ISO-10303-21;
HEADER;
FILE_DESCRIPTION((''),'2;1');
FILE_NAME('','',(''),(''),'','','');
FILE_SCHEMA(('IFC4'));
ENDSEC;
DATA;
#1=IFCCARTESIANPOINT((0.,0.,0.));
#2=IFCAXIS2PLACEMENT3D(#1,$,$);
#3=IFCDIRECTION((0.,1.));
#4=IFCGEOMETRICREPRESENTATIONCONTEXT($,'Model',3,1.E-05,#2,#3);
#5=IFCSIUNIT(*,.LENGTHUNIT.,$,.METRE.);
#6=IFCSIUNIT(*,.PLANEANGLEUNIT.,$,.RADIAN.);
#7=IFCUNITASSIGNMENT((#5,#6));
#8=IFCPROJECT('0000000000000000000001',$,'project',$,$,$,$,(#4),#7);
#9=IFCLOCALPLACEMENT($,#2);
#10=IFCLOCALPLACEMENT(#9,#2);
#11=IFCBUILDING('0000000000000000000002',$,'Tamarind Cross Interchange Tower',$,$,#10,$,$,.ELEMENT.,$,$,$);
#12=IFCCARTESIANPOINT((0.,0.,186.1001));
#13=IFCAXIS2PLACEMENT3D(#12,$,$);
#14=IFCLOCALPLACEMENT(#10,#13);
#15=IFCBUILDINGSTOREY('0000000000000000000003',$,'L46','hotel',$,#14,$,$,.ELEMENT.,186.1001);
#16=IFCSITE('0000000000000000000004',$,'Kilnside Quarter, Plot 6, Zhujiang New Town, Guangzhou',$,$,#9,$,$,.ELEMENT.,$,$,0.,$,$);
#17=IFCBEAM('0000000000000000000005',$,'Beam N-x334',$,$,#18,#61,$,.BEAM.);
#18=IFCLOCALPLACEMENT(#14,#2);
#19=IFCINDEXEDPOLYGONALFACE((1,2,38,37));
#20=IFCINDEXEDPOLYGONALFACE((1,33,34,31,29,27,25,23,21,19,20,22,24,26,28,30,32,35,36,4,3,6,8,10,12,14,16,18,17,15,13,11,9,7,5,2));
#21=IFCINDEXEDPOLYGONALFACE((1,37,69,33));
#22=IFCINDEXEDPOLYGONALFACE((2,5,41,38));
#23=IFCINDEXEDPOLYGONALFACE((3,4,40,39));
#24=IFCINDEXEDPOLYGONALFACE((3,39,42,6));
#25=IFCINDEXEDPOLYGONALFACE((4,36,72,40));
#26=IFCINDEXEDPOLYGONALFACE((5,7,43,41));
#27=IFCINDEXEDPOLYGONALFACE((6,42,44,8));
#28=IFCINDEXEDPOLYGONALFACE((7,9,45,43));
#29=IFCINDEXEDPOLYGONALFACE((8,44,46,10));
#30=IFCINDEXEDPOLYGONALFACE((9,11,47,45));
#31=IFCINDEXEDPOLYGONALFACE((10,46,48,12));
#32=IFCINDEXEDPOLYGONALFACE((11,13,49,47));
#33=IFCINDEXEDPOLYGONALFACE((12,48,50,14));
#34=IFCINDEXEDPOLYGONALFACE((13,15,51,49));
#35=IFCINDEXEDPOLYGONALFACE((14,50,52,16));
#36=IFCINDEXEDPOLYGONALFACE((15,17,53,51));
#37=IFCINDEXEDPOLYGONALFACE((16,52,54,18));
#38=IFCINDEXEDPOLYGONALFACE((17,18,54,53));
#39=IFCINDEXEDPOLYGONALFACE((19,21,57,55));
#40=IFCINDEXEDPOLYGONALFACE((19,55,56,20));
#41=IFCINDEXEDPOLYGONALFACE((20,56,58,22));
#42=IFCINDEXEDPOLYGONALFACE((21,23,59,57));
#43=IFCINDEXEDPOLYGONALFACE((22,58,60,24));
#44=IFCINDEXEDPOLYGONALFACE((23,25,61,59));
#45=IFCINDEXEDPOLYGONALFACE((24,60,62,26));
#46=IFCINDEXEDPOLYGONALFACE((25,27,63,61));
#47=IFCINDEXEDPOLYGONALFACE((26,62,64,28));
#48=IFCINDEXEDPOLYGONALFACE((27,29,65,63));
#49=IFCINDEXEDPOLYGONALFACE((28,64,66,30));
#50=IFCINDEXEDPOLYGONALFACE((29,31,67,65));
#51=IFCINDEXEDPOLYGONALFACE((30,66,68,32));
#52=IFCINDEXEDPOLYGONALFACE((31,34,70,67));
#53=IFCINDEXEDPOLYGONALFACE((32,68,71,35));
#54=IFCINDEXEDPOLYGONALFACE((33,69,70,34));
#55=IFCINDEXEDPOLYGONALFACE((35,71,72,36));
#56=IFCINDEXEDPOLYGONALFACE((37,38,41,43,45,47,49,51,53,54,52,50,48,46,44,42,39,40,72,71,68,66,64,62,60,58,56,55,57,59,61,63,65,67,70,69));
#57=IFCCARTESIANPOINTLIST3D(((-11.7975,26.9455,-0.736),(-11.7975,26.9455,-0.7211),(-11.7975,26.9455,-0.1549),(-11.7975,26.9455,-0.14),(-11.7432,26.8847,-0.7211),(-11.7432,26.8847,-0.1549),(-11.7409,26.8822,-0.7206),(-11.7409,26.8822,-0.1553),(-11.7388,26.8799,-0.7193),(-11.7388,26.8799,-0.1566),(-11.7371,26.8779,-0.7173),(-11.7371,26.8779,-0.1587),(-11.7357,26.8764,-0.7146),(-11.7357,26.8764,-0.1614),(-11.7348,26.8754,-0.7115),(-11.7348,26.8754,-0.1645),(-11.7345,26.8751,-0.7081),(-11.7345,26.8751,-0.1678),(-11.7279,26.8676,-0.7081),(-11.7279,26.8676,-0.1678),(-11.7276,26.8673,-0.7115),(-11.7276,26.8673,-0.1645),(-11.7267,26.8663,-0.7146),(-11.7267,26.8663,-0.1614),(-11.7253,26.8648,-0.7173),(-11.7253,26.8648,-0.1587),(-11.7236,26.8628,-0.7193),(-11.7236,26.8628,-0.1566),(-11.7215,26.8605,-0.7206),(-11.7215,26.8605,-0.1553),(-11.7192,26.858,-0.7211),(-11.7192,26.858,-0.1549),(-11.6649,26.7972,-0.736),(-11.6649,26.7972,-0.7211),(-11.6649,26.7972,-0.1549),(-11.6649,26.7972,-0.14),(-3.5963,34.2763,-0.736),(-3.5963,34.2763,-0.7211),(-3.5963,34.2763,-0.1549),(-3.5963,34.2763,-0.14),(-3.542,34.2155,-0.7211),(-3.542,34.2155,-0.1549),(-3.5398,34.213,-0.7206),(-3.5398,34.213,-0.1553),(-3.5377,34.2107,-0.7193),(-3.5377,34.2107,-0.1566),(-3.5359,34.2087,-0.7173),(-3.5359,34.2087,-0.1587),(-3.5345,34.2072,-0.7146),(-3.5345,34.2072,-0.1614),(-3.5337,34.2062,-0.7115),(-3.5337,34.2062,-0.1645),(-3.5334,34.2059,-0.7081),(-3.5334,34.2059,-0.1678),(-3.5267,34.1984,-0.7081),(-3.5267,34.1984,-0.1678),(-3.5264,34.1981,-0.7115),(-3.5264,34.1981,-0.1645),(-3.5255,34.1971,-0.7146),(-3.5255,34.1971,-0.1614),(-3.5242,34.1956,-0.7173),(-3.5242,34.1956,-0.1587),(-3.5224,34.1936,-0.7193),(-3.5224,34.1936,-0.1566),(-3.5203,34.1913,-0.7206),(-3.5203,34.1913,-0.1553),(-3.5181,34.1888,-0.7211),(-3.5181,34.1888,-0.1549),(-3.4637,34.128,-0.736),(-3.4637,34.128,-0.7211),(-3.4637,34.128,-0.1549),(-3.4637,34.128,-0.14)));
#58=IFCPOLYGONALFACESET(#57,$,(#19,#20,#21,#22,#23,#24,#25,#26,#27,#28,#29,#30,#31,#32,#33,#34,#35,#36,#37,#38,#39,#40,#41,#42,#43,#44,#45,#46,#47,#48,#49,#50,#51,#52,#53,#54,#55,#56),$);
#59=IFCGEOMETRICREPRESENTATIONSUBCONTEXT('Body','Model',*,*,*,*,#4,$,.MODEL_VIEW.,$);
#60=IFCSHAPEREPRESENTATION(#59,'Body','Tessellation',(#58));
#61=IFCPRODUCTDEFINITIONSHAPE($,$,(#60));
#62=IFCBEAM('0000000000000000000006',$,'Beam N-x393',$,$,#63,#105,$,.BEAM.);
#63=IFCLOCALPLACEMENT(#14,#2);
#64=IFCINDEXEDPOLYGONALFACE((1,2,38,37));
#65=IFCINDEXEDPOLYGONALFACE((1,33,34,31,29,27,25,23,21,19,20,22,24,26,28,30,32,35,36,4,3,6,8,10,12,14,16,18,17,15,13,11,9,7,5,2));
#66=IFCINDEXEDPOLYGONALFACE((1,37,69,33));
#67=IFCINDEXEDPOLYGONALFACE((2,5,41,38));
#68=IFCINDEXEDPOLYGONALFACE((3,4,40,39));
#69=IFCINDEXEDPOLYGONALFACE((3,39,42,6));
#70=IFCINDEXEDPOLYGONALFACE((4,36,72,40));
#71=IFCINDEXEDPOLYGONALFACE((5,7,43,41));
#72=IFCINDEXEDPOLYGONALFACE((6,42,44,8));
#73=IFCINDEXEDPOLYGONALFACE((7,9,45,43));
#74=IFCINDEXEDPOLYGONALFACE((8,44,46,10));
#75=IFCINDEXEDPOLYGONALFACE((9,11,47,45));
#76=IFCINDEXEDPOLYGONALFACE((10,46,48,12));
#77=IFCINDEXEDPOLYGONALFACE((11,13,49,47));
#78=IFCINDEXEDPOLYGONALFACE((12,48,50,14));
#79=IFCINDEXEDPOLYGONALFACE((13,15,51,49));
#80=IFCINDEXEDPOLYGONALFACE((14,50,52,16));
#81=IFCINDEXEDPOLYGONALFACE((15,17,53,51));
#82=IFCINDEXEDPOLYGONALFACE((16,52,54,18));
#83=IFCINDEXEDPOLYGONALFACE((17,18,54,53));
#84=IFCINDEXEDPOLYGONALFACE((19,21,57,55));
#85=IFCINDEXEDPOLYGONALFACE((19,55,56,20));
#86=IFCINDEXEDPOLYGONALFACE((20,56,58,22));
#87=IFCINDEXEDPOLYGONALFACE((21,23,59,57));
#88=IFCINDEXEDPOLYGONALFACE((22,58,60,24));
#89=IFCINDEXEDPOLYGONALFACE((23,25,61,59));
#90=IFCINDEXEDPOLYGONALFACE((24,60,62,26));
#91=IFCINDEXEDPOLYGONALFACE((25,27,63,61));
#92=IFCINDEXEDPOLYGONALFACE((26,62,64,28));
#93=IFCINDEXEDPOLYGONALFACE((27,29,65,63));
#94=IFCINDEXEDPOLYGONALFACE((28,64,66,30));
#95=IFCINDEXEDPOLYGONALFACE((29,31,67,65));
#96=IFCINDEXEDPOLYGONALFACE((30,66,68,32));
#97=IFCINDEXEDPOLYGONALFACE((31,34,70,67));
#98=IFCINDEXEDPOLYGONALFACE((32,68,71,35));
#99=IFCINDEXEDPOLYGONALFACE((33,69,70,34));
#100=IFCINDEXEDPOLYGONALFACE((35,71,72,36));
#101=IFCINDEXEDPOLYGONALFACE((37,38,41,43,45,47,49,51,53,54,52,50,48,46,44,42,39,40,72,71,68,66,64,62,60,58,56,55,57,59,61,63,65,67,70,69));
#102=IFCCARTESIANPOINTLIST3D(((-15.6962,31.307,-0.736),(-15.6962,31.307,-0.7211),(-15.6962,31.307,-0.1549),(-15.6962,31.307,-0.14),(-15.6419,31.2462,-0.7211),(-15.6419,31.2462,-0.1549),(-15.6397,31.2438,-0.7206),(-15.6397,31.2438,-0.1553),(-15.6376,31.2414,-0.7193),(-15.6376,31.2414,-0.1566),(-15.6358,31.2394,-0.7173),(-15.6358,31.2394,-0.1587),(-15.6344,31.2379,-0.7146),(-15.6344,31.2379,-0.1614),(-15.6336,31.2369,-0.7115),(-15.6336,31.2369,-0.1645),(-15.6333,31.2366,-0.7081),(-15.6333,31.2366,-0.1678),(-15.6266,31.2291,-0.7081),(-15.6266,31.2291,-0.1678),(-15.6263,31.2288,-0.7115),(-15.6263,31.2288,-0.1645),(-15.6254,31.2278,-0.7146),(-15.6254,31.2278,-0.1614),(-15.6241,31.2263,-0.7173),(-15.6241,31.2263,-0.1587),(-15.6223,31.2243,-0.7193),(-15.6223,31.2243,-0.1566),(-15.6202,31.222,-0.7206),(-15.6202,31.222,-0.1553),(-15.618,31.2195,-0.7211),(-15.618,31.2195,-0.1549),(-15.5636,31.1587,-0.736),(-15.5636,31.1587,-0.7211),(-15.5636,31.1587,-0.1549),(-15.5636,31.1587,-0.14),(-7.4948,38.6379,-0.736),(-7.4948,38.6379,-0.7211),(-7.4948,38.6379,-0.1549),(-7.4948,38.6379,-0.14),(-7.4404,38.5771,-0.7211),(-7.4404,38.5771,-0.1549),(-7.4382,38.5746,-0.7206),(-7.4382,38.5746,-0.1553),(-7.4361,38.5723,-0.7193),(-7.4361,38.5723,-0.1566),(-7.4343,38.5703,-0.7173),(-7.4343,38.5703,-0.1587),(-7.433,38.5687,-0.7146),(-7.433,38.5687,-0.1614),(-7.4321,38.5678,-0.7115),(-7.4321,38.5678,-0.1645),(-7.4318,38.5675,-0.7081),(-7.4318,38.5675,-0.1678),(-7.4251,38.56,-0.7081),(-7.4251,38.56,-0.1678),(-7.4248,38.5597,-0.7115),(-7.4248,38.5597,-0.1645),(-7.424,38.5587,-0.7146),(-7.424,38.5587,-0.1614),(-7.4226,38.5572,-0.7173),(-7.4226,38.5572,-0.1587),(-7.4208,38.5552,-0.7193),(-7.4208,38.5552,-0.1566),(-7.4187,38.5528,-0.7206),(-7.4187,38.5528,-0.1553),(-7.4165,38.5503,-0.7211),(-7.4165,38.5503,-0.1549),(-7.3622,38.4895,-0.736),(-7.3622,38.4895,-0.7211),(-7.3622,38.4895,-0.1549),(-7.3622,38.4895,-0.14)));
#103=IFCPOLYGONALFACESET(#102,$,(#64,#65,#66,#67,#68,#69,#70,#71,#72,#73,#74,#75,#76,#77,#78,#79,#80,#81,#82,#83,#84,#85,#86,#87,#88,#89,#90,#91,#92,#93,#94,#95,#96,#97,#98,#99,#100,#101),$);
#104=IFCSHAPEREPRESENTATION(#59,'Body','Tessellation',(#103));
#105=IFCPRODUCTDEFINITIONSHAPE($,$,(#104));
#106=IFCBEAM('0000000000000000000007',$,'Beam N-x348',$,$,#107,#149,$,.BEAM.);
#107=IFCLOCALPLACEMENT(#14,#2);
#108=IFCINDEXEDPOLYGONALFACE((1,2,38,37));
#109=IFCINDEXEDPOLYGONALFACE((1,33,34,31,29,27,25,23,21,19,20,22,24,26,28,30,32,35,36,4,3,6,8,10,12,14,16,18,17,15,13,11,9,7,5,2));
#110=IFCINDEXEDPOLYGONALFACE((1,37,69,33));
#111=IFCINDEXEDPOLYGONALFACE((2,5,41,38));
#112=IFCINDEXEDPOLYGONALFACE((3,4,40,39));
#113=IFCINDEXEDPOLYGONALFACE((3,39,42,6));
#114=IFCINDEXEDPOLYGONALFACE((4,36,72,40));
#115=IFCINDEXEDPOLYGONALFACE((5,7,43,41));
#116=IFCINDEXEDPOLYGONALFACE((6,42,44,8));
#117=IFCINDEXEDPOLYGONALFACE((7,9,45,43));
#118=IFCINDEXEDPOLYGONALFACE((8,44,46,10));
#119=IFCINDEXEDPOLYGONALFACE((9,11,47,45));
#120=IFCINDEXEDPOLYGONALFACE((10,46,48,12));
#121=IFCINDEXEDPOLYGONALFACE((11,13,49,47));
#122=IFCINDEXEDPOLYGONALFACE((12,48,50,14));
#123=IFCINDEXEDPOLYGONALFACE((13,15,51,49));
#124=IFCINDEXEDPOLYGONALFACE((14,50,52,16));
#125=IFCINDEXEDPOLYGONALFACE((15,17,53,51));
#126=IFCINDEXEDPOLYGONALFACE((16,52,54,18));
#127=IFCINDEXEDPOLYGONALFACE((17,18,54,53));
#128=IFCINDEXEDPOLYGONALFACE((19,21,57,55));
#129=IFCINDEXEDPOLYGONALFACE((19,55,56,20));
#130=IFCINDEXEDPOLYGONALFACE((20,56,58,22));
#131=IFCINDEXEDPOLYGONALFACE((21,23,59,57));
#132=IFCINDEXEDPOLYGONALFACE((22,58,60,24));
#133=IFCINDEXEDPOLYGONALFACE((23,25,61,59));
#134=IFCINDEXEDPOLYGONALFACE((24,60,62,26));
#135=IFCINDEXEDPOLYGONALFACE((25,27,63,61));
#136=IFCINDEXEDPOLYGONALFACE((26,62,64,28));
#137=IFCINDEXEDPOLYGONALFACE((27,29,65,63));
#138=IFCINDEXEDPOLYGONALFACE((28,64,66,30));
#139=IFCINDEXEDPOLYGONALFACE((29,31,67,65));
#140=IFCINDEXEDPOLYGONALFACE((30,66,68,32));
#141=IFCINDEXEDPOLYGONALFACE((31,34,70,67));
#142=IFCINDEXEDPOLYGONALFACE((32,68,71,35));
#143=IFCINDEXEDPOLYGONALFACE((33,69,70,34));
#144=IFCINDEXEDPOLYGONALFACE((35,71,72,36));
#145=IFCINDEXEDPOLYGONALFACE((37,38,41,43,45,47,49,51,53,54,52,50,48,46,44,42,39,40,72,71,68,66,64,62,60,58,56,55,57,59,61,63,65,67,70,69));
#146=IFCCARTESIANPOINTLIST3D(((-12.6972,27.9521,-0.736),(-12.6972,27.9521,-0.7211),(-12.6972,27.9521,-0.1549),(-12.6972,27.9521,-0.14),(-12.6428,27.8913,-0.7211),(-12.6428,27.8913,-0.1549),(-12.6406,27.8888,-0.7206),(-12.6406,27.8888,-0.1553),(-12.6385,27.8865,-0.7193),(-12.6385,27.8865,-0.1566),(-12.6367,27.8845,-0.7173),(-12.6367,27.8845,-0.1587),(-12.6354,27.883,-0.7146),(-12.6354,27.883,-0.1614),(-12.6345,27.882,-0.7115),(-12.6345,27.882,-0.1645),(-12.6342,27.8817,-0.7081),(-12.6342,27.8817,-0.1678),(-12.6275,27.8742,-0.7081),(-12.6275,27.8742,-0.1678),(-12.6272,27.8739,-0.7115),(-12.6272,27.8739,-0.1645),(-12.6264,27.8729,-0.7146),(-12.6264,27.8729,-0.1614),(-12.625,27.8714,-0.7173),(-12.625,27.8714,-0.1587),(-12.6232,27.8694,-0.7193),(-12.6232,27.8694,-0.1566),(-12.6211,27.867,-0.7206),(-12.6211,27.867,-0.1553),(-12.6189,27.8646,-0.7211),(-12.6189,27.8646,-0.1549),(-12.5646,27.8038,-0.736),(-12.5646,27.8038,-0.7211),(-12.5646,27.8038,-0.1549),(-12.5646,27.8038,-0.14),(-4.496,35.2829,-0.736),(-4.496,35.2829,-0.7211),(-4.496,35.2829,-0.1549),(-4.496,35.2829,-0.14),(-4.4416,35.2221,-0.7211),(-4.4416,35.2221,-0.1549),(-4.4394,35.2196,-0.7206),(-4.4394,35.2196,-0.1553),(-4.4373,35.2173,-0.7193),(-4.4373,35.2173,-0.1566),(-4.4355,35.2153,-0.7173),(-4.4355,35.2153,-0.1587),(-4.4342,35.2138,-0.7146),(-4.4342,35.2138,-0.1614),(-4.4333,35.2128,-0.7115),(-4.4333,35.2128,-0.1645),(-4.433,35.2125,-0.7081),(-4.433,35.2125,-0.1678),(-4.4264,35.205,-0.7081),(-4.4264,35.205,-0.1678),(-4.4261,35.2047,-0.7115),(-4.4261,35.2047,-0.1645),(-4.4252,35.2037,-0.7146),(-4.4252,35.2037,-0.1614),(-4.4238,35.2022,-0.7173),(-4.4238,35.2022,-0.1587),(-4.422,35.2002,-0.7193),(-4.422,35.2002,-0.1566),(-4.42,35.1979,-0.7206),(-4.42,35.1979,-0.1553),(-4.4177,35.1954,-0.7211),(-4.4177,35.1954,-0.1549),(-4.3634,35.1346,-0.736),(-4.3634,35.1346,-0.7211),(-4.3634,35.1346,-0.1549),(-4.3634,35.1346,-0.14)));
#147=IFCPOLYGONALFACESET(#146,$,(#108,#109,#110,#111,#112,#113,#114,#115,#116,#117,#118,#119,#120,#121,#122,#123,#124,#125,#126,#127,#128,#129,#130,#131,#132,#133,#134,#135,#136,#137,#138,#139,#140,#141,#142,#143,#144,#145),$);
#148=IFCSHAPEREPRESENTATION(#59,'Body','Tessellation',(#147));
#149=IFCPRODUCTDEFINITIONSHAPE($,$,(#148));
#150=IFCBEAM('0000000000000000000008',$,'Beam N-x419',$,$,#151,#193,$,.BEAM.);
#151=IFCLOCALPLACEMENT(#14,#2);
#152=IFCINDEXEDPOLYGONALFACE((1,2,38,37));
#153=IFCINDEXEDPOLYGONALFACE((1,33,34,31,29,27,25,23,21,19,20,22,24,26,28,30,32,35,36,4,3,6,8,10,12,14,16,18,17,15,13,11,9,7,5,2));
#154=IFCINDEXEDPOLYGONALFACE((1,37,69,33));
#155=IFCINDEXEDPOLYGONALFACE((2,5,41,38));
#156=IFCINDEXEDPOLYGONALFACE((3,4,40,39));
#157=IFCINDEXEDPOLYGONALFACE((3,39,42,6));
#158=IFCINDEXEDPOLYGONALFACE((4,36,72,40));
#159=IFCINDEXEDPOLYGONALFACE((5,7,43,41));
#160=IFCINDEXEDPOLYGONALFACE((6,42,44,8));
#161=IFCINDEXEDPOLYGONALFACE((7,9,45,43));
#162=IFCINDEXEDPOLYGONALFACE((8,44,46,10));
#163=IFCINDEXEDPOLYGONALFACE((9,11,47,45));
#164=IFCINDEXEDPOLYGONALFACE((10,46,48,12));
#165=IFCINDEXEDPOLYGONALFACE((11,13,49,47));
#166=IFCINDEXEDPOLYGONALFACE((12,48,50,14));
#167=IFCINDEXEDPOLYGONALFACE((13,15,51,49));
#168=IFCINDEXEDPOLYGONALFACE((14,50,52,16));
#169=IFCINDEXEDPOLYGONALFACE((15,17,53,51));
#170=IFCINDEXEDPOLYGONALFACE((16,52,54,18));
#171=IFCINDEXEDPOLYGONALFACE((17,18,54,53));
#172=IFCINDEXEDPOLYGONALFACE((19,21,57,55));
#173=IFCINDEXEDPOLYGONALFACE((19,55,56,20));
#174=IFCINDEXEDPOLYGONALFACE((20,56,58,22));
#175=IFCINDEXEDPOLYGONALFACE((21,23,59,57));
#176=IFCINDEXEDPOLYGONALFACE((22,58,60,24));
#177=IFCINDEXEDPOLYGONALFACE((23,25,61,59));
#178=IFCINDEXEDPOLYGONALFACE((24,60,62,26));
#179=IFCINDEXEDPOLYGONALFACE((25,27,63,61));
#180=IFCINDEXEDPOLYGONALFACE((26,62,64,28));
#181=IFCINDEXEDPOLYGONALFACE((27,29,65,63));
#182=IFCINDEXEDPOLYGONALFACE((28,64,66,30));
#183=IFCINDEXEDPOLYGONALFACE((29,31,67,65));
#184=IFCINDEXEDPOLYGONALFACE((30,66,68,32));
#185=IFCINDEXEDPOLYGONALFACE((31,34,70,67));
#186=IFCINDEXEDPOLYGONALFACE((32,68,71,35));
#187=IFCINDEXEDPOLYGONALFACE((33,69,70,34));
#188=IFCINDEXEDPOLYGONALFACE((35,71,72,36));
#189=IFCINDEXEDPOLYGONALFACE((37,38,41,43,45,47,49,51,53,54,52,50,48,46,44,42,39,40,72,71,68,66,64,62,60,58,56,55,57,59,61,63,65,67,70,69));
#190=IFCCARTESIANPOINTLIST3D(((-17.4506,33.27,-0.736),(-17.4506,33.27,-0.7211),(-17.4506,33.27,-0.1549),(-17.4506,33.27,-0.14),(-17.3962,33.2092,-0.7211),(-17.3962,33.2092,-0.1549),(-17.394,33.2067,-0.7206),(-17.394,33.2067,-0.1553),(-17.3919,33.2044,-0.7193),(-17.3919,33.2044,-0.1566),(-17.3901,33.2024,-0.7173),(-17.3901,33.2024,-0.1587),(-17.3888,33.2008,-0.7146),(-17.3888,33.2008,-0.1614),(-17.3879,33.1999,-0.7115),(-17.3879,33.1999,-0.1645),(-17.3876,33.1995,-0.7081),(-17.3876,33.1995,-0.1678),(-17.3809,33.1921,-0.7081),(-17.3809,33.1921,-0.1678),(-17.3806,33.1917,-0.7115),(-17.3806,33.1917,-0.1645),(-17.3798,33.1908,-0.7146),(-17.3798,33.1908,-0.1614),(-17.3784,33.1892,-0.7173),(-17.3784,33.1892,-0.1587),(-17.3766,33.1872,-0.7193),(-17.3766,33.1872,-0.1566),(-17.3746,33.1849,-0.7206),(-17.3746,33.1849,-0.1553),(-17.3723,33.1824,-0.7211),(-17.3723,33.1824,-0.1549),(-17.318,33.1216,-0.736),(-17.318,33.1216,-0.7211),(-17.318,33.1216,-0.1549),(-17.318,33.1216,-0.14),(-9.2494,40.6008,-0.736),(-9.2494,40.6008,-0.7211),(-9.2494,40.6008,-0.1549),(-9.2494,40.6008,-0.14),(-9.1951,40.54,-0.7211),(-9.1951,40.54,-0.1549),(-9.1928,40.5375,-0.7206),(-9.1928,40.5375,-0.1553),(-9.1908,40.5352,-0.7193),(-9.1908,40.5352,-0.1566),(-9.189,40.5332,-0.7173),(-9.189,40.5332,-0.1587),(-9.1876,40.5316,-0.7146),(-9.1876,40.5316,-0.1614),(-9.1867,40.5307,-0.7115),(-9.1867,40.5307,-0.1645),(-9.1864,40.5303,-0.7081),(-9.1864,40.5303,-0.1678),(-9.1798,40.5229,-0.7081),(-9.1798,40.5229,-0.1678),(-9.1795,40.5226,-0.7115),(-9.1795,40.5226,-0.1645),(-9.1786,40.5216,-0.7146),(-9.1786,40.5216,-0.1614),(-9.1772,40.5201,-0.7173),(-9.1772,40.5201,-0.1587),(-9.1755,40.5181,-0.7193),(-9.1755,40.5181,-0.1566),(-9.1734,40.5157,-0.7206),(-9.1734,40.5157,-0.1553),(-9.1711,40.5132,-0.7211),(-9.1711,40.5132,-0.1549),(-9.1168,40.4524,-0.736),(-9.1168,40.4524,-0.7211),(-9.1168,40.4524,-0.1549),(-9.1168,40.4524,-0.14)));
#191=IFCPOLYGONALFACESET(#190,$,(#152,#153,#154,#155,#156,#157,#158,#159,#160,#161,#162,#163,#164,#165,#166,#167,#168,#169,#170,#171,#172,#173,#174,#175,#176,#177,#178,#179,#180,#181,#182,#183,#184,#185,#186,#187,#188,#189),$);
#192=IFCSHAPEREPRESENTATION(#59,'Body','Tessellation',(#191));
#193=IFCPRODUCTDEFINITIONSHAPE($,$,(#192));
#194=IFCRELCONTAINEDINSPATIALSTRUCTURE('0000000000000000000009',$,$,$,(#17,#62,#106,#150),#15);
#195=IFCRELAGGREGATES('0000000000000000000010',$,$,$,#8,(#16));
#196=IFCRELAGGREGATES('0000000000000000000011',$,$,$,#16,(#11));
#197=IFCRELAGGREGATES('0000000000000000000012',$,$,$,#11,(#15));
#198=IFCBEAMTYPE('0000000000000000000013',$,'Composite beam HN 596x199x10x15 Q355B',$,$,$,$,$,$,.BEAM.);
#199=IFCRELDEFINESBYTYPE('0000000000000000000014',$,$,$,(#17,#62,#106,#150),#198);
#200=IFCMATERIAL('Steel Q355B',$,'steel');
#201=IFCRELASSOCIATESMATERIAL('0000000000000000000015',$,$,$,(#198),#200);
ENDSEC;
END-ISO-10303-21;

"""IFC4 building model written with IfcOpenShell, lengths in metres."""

from ifc_helpers import new_model, si_unit, direction, frame, origin, origin_2d, place, context, subcontext, project, spatial, i_section, extrude, material, material_profile, profile_set, type_object, element, save


model = new_model("IFC4")

# Units and contexts
model_context = context("Model", 3, precision=1e-05, world=origin(), true_north=direction((0.0, 1.0)))
body_context = subcontext(model_context, "Body", "Model", "MODEL_VIEW")
ifc_project = project(units=[si_unit("LENGTHUNIT", "METRE"), si_unit("PLANEANGLEUNIT", "RADIAN")], contexts=[model_context])

# Site, building, storey
site_placement = place(None, origin())
site = spatial("IfcSite", under=ifc_project, at=site_placement, Name="Kilnside Quarter, Plot 6, Zhujiang New Town, Guangzhou", CompositionType="ELEMENT", RefElevation=0.0)
building_placement = place(site_placement, origin())
building = spatial("IfcBuilding", under=site, at=building_placement, Name="Tamarind Cross Interchange Tower", CompositionType="ELEMENT")
storey_placement = place(building_placement, frame((0.0, 0.0, 186.1001)))
storey = spatial("IfcBuildingStorey", under=building, at=storey_placement, Name="L46", Description="hotel", CompositionType="ELEMENT", Elevation=186.1001)

# Beams
ifc_material_1 = material(Name="Steel Q355B", Category="steel")
ifc_material_profile_1 = material_profile(ifc_material_1, i_section(OverallWidth=0.199, OverallDepth=0.5959, WebThickness=0.01, FlangeThickness=0.0149, FilletRadius=0.0129, at=origin_2d()), Name="HN 596x199x10x15")
ifc_profile_set_1 = profile_set([ifc_material_profile_1], Name="Steel Q355B")
beam_type_1 = type_object("IfcBeamType", Name="Composite beam HN 596x199x10x15 Q355B", PredefinedType="BEAM", material=ifc_profile_set_1)
beam_1_placement = place(storey_placement, frame((-3.53, 34.2021, -0.438), z_axis=(-0.745561, -0.666437, 0.0), x_axis=(0.666437, -0.745561, 0.0)))
element("IfcBeam", 1, at=beam_1_placement, inside=storey, type_object=beam_type_1, Name="Beam N-x334", PredefinedType="BEAM", context=body_context, shape_type="SweptSolid", body=[
    extrude(i_section(OverallWidth=0.199, OverallDepth=0.5959, WebThickness=0.01, FlangeThickness=0.0149, FilletRadius=0.0129, at=origin_2d()), origin(), (0.0, 0.0, 1.0), 11.0),
])
beam_2_placement = place(storey_placement, frame((-7.4285, 38.5637, -0.438), z_axis=(-0.745571, -0.666426, 0.0), x_axis=(0.666426, -0.745571, 0.0)))
element("IfcBeam", 2, at=beam_2_placement, inside=storey, type_object=beam_type_1, Name="Beam N-x393", PredefinedType="BEAM", context=body_context, shape_type="SweptSolid", body=[
    extrude(i_section(OverallWidth=0.199, OverallDepth=0.5959, WebThickness=0.01, FlangeThickness=0.0149, FilletRadius=0.0129, at=origin_2d()), origin(), (0.0, 0.0, 1.0), 11.0002),
])
for number, where, z_axis, x_axis, name in (
    (3, (-4.4297, 35.2087, -0.438), (-0.745561, -0.666437, 0.0), (0.666437, -0.745561, 0.0), "Beam N-x348"),
    (4, (-9.1831, 40.5266, -0.438), (-0.745561, -0.666437, 0.0), (0.666437, -0.745561, 0.0), "Beam N-x419"),
):
    element("IfcBeam", number, at=place(storey_placement, frame(where, z_axis=z_axis, x_axis=x_axis)), inside=storey, type_object=beam_type_1, Name=name, PredefinedType="BEAM", context=body_context, shape_type="SweptSolid", body=[
        extrude(i_section(OverallWidth=0.199, OverallDepth=0.5959, WebThickness=0.01, FlangeThickness=0.0149, FilletRadius=0.0129, at=origin_2d()), origin(), (0.0, 0.0, 1.0), 11.0),
    ])

save(model, "model.ifc")
